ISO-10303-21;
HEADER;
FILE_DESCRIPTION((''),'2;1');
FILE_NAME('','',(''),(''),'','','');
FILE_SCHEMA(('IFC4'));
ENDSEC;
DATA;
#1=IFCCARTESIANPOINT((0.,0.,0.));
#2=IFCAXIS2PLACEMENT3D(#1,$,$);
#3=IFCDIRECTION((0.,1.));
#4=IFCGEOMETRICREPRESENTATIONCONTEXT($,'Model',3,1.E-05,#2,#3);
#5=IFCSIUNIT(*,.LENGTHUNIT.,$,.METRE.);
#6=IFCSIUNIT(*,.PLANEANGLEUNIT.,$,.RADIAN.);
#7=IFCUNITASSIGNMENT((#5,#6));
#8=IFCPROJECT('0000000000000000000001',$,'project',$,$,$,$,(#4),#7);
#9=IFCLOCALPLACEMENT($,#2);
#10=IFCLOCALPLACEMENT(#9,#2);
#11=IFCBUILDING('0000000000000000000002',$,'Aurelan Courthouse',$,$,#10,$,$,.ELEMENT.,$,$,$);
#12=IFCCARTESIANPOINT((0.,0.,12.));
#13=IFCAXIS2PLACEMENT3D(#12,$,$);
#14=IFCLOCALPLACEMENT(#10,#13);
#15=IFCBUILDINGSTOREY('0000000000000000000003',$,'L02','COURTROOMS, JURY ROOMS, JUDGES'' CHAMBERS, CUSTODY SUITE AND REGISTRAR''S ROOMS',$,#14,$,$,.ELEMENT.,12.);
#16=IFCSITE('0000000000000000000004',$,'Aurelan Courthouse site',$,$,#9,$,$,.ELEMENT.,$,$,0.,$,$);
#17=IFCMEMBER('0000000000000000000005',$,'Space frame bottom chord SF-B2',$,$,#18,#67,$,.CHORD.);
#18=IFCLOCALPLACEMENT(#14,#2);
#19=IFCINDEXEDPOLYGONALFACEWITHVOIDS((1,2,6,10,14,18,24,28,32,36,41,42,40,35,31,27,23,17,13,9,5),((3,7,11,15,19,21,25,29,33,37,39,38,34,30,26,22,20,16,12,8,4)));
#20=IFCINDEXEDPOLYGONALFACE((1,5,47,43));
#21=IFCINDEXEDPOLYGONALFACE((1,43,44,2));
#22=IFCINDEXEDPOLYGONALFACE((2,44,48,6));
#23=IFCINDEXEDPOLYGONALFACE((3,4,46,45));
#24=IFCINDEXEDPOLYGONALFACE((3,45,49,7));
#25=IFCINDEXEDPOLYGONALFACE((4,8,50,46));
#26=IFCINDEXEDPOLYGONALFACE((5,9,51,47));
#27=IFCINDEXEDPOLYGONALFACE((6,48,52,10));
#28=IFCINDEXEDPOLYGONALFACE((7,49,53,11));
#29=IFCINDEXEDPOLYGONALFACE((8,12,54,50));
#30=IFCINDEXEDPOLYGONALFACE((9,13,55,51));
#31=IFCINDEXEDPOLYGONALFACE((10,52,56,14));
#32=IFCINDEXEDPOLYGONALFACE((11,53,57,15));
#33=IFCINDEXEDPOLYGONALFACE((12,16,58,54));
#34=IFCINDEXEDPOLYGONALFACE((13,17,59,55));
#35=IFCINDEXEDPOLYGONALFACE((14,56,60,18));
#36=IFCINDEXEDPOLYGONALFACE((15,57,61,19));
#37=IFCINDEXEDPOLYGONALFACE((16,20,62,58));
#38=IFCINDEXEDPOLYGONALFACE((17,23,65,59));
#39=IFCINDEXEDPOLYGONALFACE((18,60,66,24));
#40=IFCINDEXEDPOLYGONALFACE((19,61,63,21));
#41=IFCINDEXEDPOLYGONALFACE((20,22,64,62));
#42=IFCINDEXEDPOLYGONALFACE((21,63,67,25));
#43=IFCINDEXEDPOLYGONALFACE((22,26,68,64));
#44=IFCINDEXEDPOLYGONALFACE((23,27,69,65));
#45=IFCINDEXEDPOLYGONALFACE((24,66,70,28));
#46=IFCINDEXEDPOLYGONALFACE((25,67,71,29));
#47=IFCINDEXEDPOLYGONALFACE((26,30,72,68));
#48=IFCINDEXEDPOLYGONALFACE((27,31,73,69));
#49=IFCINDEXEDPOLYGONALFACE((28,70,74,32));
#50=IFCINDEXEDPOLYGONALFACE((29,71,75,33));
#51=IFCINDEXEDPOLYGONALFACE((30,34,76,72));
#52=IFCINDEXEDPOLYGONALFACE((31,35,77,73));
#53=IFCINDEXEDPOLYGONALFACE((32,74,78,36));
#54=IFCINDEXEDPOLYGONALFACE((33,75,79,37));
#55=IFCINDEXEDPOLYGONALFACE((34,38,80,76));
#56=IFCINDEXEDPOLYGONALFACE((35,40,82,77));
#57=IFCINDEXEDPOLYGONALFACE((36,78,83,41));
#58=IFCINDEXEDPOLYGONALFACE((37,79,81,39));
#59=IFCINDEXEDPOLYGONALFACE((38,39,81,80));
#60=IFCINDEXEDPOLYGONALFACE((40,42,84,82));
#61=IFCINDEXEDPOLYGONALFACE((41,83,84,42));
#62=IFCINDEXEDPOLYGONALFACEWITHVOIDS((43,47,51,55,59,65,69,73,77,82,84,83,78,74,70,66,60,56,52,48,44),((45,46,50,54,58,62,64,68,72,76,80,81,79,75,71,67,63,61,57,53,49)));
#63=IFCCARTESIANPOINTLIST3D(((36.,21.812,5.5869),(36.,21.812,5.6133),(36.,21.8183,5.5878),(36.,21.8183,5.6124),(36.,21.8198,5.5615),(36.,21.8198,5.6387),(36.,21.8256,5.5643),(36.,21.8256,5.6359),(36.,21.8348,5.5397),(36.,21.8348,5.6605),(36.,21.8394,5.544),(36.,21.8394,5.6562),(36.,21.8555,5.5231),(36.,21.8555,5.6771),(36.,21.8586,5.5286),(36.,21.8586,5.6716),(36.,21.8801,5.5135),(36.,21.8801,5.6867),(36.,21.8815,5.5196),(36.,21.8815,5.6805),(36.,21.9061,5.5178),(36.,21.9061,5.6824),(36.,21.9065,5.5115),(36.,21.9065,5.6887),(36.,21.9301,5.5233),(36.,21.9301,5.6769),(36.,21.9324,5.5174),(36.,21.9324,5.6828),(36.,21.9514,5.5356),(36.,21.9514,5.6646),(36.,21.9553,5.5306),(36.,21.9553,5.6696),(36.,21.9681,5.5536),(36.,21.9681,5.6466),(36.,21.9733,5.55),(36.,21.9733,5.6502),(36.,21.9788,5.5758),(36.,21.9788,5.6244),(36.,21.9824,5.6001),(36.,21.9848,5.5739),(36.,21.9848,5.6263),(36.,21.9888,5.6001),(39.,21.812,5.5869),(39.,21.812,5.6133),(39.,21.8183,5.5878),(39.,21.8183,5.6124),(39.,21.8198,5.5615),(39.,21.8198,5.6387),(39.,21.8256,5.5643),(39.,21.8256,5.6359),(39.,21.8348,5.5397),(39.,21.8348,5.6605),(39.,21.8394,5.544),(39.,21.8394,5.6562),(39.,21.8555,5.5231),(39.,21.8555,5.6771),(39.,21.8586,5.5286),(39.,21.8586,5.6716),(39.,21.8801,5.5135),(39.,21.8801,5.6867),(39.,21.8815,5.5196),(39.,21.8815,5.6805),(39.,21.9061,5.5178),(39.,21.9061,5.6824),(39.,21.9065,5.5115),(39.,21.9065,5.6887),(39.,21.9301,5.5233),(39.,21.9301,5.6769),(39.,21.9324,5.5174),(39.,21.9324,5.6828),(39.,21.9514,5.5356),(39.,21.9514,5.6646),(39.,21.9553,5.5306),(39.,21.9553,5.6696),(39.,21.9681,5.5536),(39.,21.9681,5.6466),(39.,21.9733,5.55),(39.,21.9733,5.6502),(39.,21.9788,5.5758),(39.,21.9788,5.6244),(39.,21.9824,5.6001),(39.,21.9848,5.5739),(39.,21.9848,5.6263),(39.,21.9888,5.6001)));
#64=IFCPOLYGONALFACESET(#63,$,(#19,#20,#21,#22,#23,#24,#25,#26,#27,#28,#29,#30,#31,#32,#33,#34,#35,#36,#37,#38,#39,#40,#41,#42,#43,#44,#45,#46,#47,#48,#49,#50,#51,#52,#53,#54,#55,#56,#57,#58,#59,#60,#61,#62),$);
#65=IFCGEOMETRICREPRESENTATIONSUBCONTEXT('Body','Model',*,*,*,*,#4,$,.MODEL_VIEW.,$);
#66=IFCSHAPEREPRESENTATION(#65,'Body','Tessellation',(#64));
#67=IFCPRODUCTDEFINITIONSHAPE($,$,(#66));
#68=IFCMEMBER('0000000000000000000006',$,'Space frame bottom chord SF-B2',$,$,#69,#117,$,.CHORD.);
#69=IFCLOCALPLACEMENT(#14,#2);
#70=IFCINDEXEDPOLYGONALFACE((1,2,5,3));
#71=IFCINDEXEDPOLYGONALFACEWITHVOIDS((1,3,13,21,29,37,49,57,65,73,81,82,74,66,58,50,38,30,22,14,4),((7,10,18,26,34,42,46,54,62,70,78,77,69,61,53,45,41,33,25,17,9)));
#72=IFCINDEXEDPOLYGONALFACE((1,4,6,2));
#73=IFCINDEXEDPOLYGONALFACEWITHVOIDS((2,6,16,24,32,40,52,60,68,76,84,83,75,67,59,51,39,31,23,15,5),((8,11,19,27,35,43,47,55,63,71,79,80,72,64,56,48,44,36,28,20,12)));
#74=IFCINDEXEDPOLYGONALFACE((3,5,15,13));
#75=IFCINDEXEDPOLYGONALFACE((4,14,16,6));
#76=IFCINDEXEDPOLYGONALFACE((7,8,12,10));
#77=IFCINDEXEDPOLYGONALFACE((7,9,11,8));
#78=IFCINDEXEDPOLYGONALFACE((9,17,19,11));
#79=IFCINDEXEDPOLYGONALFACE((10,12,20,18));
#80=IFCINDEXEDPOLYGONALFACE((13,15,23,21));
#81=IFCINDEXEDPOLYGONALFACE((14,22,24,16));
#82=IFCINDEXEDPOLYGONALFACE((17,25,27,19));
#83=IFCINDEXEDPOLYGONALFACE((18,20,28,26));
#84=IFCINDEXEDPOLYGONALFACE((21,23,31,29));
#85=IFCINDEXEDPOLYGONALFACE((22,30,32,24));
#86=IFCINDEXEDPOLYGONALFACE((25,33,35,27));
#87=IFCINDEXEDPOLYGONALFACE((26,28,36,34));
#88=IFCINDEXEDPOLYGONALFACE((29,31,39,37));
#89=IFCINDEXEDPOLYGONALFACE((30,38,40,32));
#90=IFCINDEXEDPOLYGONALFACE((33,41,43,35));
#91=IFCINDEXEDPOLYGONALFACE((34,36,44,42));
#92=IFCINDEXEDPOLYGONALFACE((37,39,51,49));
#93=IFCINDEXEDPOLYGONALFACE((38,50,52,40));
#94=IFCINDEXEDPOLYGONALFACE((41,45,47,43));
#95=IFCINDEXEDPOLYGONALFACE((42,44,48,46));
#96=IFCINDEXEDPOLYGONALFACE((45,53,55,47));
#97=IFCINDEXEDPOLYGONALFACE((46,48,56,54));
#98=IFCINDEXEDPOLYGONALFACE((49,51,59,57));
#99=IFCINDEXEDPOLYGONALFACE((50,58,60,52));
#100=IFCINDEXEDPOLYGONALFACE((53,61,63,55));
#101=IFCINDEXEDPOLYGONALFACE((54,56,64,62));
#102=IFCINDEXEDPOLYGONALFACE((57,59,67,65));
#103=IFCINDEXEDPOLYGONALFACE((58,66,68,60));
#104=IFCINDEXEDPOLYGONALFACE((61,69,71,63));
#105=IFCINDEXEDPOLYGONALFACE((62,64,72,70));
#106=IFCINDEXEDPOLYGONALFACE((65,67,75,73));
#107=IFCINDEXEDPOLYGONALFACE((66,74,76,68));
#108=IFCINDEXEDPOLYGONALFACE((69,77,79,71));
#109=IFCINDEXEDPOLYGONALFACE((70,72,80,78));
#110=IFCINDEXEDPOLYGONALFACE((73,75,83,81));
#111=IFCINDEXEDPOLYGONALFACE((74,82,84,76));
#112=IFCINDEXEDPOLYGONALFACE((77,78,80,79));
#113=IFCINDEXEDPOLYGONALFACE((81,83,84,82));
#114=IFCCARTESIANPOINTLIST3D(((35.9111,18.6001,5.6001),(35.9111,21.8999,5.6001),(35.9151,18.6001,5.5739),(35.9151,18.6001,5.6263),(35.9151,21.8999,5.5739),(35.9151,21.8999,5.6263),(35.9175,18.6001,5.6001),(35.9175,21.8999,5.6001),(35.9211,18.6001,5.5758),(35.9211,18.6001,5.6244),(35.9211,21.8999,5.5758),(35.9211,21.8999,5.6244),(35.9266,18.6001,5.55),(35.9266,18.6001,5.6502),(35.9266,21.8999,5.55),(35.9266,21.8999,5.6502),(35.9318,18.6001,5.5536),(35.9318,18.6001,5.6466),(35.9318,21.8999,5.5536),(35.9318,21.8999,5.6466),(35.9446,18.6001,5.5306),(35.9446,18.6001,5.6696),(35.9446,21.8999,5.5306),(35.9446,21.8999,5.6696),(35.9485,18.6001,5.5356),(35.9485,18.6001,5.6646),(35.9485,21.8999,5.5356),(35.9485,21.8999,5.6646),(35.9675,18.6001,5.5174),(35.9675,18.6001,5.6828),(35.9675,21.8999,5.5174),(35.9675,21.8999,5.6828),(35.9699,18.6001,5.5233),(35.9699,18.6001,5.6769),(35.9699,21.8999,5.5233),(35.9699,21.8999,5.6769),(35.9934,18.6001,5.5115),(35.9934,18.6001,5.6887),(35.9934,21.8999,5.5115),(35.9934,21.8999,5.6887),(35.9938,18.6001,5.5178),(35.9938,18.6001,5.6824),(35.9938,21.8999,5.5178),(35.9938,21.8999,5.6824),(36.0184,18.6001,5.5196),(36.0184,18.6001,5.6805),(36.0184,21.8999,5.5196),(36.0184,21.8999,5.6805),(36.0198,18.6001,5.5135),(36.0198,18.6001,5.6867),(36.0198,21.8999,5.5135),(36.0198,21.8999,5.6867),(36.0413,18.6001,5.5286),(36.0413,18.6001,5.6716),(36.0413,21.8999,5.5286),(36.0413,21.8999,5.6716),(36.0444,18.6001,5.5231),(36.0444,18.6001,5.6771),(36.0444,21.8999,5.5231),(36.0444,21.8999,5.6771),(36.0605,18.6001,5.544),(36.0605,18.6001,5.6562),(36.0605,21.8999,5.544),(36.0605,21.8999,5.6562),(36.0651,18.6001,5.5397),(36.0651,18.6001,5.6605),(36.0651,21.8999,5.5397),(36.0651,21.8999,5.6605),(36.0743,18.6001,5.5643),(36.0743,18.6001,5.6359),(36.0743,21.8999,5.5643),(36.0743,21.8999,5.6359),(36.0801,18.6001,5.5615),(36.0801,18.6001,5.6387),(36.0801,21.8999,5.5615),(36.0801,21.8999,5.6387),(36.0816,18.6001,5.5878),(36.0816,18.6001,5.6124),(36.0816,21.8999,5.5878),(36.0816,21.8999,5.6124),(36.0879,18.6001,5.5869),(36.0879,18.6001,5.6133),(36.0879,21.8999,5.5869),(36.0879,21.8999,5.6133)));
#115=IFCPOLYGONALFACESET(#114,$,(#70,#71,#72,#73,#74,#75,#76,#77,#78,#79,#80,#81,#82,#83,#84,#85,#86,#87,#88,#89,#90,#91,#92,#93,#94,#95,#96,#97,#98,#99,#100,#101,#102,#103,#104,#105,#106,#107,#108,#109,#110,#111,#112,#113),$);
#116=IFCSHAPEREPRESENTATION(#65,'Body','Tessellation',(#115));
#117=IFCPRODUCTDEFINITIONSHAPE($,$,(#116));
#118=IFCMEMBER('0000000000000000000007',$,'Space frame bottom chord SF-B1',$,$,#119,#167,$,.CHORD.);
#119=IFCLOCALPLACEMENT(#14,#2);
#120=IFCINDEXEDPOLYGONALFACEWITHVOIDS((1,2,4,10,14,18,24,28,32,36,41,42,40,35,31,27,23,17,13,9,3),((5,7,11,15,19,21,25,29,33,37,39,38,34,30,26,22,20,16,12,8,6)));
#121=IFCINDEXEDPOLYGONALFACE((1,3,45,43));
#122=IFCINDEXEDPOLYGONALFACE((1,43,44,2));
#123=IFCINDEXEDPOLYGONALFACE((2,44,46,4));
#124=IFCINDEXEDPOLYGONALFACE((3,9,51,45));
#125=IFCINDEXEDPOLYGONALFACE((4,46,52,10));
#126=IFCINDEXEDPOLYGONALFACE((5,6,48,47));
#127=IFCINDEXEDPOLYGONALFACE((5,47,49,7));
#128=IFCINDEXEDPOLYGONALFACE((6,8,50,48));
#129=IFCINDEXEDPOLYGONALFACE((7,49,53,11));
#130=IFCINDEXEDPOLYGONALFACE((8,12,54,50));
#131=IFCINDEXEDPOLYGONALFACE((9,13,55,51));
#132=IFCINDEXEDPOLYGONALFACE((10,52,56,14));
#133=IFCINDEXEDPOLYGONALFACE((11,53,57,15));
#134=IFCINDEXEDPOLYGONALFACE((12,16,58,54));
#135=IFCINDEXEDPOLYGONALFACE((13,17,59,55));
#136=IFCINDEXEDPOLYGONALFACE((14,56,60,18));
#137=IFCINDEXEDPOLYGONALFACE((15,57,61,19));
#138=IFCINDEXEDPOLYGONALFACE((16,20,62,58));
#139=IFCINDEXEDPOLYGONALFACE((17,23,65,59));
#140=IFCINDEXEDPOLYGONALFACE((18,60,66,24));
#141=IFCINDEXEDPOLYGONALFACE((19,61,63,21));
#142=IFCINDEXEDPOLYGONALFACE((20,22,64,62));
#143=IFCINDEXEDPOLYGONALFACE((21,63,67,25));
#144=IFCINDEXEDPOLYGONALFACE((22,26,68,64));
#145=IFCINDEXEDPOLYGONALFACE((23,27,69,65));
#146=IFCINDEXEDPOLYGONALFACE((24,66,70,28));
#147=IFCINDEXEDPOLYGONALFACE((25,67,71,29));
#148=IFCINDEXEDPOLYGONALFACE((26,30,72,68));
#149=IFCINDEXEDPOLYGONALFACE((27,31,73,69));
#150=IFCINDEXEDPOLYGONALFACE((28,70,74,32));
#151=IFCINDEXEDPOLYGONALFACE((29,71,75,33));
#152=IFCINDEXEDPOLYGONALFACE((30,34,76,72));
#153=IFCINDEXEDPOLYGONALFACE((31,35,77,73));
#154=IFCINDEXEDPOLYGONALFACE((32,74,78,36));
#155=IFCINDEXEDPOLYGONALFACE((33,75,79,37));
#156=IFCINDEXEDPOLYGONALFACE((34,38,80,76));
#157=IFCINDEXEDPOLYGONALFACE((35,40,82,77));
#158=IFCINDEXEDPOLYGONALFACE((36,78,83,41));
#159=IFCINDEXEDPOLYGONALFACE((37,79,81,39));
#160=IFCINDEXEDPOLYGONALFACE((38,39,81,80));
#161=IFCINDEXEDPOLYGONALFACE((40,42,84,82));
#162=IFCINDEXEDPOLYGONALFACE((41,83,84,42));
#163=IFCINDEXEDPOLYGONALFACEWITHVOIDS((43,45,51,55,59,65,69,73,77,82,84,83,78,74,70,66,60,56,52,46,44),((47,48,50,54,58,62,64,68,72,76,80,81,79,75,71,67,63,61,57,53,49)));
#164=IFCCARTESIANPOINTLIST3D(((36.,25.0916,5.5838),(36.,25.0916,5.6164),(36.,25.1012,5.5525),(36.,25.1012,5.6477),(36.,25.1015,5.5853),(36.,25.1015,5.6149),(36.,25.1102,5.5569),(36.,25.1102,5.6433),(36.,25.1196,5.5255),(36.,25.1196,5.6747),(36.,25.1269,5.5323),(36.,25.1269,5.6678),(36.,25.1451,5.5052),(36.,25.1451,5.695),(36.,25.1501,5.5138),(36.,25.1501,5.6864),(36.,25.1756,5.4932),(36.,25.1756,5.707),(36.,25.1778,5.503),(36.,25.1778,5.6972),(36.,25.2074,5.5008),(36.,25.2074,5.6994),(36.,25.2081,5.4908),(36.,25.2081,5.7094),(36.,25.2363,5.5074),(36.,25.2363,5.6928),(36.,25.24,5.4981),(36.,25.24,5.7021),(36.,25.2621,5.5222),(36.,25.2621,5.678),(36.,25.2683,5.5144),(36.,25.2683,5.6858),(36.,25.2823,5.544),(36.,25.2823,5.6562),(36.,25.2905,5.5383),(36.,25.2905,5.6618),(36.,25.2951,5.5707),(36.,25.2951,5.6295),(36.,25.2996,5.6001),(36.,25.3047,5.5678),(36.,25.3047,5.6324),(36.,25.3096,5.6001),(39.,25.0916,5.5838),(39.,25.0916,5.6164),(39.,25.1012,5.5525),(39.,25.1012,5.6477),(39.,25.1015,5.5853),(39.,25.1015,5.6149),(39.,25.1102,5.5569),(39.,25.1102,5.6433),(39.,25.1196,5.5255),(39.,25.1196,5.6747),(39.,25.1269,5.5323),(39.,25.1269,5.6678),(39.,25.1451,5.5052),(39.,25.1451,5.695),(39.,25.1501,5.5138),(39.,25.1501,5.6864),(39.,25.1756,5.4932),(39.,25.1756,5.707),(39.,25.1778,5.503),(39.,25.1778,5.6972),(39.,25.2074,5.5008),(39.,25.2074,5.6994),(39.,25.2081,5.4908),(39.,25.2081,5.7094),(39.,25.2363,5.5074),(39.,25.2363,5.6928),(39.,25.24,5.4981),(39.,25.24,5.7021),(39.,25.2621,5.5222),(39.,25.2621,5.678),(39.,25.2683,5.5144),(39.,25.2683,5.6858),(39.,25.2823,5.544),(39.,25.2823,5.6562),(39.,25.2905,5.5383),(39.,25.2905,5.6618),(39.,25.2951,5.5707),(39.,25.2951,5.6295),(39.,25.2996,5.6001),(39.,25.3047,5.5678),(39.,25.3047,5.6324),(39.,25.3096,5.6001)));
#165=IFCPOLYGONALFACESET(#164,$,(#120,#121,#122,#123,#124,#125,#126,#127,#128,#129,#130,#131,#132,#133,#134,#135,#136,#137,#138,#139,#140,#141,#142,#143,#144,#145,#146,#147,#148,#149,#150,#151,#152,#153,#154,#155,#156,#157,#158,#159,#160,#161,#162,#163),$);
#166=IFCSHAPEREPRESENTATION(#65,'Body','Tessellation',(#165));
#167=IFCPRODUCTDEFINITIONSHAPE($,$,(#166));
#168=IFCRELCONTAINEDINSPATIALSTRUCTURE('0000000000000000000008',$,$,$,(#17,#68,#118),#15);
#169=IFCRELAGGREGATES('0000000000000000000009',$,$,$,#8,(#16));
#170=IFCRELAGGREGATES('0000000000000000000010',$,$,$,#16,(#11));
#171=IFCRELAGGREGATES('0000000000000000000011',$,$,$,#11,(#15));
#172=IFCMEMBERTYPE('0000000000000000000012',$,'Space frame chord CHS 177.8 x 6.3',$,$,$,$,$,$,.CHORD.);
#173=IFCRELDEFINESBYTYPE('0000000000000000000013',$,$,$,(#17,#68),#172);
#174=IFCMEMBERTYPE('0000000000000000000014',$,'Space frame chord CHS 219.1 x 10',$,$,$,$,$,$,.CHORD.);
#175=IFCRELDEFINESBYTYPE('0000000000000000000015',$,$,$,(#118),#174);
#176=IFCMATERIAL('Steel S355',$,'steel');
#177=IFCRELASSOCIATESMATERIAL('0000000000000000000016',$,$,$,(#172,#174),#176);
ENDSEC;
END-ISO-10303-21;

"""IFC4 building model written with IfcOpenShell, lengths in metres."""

from ifc_helpers import new_model, si_unit, direction, frame, origin, origin_2d, place, context, subcontext, project, spatial, hollow_circle, extrude, material, material_profile, profile_set, type_object, element, save


model = new_model("IFC4")

# Units and contexts
model_context = context("Model", 3, precision=1e-05, world=origin(), true_north=direction((0.0, 1.0)))
body_context = subcontext(model_context, "Body", "Model", "MODEL_VIEW")
ifc_project = project(units=[si_unit("LENGTHUNIT", "METRE"), si_unit("PLANEANGLEUNIT", "RADIAN")], contexts=[model_context])

# Site, building, storey
site_placement = place(None, origin())
site = spatial("IfcSite", under=ifc_project, at=site_placement, Name="Aurelan Courthouse site", CompositionType="ELEMENT", RefElevation=0.0)
building_placement = place(site_placement, origin())
building = spatial("IfcBuilding", under=site, at=building_placement, Name="Aurelan Courthouse", CompositionType="ELEMENT")
storey_placement = place(building_placement, frame((0.0, 0.0, 12.0)))
storey = spatial("IfcBuildingStorey", under=building, at=storey_placement, Name="L02", Description="COURTROOMS, JURY ROOMS, JUDGES' CHAMBERS, CUSTODY SUITE AND REGISTRAR'S ROOMS", CompositionType="ELEMENT", Elevation=12.0)

# Members
ifc_material_1 = material(Name="Steel S355", Category="steel")
ifc_material_profile_1 = material_profile(ifc_material_1, hollow_circle(Radius=0.0889, WallThickness=0.0063, at=origin_2d()), Name="CHS 177.8 x 6.3")
ifc_profile_set_1 = profile_set([ifc_material_profile_1], Name="Steel S355")
member_type_1 = type_object("IfcMemberType", Name="Space frame chord CHS 177.8 x 6.3", PredefinedType="CHORD", material=ifc_profile_set_1)
for number, where, z_axis, x_axis, name in (
    (1, (36.0, 21.8999, 5.6001), (1.0, 0.0, 0.0), (0.0, 1.0, 0.0), "Space frame bottom chord SF-B2"),
):
    element("IfcMember", number, at=place(storey_placement, frame(where, z_axis=z_axis, x_axis=x_axis)), inside=storey, type_object=member_type_1, Name=name, PredefinedType="CHORD", context=body_context, shape_type="SweptSolid", body=[
        extrude(hollow_circle(Radius=0.0889, WallThickness=0.0063, at=origin_2d()), origin(), (0.0, 0.0, 1.0), 3.0),
    ])
member_1_placement = place(storey_placement, frame((36.0, 18.6001, 5.6001), z_axis=(0.0, 1.0, 0.0), x_axis=(-1.0, 0.0, 0.0)))
element("IfcMember", 2, at=member_1_placement, inside=storey, type_object=member_type_1, Name="Space frame bottom chord SF-B2", PredefinedType="CHORD", context=body_context, shape_type="SweptSolid", body=[
    extrude(hollow_circle(Radius=0.0889, WallThickness=0.0063, at=origin_2d()), origin(), (0.0, 0.0, 1.0), 3.2998),
])
ifc_material_profile_2 = material_profile(ifc_material_1, hollow_circle(Radius=0.1096, WallThickness=0.01, at=origin_2d()), Name="CHS 219.1 x 10")
ifc_profile_set_2 = profile_set([ifc_material_profile_2], Name="Steel S355")
member_type_2 = type_object("IfcMemberType", Name="Space frame chord CHS 219.1 x 10", PredefinedType="CHORD", material=ifc_profile_set_2)
member_2_placement = place(storey_placement, frame((36.0, 25.2, 5.6001), z_axis=(1.0, 0.0, 0.0), x_axis=(0.0, 1.0, 0.0)))
element("IfcMember", 3, at=member_2_placement, inside=storey, type_object=member_type_2, Name="Space frame bottom chord SF-B1", PredefinedType="CHORD", context=body_context, shape_type="SweptSolid", body=[
    extrude(hollow_circle(Radius=0.1096, WallThickness=0.01, at=origin_2d()), origin(), (0.0, 0.0, 1.0), 3.0),
])

save(model, "model.ifc")
